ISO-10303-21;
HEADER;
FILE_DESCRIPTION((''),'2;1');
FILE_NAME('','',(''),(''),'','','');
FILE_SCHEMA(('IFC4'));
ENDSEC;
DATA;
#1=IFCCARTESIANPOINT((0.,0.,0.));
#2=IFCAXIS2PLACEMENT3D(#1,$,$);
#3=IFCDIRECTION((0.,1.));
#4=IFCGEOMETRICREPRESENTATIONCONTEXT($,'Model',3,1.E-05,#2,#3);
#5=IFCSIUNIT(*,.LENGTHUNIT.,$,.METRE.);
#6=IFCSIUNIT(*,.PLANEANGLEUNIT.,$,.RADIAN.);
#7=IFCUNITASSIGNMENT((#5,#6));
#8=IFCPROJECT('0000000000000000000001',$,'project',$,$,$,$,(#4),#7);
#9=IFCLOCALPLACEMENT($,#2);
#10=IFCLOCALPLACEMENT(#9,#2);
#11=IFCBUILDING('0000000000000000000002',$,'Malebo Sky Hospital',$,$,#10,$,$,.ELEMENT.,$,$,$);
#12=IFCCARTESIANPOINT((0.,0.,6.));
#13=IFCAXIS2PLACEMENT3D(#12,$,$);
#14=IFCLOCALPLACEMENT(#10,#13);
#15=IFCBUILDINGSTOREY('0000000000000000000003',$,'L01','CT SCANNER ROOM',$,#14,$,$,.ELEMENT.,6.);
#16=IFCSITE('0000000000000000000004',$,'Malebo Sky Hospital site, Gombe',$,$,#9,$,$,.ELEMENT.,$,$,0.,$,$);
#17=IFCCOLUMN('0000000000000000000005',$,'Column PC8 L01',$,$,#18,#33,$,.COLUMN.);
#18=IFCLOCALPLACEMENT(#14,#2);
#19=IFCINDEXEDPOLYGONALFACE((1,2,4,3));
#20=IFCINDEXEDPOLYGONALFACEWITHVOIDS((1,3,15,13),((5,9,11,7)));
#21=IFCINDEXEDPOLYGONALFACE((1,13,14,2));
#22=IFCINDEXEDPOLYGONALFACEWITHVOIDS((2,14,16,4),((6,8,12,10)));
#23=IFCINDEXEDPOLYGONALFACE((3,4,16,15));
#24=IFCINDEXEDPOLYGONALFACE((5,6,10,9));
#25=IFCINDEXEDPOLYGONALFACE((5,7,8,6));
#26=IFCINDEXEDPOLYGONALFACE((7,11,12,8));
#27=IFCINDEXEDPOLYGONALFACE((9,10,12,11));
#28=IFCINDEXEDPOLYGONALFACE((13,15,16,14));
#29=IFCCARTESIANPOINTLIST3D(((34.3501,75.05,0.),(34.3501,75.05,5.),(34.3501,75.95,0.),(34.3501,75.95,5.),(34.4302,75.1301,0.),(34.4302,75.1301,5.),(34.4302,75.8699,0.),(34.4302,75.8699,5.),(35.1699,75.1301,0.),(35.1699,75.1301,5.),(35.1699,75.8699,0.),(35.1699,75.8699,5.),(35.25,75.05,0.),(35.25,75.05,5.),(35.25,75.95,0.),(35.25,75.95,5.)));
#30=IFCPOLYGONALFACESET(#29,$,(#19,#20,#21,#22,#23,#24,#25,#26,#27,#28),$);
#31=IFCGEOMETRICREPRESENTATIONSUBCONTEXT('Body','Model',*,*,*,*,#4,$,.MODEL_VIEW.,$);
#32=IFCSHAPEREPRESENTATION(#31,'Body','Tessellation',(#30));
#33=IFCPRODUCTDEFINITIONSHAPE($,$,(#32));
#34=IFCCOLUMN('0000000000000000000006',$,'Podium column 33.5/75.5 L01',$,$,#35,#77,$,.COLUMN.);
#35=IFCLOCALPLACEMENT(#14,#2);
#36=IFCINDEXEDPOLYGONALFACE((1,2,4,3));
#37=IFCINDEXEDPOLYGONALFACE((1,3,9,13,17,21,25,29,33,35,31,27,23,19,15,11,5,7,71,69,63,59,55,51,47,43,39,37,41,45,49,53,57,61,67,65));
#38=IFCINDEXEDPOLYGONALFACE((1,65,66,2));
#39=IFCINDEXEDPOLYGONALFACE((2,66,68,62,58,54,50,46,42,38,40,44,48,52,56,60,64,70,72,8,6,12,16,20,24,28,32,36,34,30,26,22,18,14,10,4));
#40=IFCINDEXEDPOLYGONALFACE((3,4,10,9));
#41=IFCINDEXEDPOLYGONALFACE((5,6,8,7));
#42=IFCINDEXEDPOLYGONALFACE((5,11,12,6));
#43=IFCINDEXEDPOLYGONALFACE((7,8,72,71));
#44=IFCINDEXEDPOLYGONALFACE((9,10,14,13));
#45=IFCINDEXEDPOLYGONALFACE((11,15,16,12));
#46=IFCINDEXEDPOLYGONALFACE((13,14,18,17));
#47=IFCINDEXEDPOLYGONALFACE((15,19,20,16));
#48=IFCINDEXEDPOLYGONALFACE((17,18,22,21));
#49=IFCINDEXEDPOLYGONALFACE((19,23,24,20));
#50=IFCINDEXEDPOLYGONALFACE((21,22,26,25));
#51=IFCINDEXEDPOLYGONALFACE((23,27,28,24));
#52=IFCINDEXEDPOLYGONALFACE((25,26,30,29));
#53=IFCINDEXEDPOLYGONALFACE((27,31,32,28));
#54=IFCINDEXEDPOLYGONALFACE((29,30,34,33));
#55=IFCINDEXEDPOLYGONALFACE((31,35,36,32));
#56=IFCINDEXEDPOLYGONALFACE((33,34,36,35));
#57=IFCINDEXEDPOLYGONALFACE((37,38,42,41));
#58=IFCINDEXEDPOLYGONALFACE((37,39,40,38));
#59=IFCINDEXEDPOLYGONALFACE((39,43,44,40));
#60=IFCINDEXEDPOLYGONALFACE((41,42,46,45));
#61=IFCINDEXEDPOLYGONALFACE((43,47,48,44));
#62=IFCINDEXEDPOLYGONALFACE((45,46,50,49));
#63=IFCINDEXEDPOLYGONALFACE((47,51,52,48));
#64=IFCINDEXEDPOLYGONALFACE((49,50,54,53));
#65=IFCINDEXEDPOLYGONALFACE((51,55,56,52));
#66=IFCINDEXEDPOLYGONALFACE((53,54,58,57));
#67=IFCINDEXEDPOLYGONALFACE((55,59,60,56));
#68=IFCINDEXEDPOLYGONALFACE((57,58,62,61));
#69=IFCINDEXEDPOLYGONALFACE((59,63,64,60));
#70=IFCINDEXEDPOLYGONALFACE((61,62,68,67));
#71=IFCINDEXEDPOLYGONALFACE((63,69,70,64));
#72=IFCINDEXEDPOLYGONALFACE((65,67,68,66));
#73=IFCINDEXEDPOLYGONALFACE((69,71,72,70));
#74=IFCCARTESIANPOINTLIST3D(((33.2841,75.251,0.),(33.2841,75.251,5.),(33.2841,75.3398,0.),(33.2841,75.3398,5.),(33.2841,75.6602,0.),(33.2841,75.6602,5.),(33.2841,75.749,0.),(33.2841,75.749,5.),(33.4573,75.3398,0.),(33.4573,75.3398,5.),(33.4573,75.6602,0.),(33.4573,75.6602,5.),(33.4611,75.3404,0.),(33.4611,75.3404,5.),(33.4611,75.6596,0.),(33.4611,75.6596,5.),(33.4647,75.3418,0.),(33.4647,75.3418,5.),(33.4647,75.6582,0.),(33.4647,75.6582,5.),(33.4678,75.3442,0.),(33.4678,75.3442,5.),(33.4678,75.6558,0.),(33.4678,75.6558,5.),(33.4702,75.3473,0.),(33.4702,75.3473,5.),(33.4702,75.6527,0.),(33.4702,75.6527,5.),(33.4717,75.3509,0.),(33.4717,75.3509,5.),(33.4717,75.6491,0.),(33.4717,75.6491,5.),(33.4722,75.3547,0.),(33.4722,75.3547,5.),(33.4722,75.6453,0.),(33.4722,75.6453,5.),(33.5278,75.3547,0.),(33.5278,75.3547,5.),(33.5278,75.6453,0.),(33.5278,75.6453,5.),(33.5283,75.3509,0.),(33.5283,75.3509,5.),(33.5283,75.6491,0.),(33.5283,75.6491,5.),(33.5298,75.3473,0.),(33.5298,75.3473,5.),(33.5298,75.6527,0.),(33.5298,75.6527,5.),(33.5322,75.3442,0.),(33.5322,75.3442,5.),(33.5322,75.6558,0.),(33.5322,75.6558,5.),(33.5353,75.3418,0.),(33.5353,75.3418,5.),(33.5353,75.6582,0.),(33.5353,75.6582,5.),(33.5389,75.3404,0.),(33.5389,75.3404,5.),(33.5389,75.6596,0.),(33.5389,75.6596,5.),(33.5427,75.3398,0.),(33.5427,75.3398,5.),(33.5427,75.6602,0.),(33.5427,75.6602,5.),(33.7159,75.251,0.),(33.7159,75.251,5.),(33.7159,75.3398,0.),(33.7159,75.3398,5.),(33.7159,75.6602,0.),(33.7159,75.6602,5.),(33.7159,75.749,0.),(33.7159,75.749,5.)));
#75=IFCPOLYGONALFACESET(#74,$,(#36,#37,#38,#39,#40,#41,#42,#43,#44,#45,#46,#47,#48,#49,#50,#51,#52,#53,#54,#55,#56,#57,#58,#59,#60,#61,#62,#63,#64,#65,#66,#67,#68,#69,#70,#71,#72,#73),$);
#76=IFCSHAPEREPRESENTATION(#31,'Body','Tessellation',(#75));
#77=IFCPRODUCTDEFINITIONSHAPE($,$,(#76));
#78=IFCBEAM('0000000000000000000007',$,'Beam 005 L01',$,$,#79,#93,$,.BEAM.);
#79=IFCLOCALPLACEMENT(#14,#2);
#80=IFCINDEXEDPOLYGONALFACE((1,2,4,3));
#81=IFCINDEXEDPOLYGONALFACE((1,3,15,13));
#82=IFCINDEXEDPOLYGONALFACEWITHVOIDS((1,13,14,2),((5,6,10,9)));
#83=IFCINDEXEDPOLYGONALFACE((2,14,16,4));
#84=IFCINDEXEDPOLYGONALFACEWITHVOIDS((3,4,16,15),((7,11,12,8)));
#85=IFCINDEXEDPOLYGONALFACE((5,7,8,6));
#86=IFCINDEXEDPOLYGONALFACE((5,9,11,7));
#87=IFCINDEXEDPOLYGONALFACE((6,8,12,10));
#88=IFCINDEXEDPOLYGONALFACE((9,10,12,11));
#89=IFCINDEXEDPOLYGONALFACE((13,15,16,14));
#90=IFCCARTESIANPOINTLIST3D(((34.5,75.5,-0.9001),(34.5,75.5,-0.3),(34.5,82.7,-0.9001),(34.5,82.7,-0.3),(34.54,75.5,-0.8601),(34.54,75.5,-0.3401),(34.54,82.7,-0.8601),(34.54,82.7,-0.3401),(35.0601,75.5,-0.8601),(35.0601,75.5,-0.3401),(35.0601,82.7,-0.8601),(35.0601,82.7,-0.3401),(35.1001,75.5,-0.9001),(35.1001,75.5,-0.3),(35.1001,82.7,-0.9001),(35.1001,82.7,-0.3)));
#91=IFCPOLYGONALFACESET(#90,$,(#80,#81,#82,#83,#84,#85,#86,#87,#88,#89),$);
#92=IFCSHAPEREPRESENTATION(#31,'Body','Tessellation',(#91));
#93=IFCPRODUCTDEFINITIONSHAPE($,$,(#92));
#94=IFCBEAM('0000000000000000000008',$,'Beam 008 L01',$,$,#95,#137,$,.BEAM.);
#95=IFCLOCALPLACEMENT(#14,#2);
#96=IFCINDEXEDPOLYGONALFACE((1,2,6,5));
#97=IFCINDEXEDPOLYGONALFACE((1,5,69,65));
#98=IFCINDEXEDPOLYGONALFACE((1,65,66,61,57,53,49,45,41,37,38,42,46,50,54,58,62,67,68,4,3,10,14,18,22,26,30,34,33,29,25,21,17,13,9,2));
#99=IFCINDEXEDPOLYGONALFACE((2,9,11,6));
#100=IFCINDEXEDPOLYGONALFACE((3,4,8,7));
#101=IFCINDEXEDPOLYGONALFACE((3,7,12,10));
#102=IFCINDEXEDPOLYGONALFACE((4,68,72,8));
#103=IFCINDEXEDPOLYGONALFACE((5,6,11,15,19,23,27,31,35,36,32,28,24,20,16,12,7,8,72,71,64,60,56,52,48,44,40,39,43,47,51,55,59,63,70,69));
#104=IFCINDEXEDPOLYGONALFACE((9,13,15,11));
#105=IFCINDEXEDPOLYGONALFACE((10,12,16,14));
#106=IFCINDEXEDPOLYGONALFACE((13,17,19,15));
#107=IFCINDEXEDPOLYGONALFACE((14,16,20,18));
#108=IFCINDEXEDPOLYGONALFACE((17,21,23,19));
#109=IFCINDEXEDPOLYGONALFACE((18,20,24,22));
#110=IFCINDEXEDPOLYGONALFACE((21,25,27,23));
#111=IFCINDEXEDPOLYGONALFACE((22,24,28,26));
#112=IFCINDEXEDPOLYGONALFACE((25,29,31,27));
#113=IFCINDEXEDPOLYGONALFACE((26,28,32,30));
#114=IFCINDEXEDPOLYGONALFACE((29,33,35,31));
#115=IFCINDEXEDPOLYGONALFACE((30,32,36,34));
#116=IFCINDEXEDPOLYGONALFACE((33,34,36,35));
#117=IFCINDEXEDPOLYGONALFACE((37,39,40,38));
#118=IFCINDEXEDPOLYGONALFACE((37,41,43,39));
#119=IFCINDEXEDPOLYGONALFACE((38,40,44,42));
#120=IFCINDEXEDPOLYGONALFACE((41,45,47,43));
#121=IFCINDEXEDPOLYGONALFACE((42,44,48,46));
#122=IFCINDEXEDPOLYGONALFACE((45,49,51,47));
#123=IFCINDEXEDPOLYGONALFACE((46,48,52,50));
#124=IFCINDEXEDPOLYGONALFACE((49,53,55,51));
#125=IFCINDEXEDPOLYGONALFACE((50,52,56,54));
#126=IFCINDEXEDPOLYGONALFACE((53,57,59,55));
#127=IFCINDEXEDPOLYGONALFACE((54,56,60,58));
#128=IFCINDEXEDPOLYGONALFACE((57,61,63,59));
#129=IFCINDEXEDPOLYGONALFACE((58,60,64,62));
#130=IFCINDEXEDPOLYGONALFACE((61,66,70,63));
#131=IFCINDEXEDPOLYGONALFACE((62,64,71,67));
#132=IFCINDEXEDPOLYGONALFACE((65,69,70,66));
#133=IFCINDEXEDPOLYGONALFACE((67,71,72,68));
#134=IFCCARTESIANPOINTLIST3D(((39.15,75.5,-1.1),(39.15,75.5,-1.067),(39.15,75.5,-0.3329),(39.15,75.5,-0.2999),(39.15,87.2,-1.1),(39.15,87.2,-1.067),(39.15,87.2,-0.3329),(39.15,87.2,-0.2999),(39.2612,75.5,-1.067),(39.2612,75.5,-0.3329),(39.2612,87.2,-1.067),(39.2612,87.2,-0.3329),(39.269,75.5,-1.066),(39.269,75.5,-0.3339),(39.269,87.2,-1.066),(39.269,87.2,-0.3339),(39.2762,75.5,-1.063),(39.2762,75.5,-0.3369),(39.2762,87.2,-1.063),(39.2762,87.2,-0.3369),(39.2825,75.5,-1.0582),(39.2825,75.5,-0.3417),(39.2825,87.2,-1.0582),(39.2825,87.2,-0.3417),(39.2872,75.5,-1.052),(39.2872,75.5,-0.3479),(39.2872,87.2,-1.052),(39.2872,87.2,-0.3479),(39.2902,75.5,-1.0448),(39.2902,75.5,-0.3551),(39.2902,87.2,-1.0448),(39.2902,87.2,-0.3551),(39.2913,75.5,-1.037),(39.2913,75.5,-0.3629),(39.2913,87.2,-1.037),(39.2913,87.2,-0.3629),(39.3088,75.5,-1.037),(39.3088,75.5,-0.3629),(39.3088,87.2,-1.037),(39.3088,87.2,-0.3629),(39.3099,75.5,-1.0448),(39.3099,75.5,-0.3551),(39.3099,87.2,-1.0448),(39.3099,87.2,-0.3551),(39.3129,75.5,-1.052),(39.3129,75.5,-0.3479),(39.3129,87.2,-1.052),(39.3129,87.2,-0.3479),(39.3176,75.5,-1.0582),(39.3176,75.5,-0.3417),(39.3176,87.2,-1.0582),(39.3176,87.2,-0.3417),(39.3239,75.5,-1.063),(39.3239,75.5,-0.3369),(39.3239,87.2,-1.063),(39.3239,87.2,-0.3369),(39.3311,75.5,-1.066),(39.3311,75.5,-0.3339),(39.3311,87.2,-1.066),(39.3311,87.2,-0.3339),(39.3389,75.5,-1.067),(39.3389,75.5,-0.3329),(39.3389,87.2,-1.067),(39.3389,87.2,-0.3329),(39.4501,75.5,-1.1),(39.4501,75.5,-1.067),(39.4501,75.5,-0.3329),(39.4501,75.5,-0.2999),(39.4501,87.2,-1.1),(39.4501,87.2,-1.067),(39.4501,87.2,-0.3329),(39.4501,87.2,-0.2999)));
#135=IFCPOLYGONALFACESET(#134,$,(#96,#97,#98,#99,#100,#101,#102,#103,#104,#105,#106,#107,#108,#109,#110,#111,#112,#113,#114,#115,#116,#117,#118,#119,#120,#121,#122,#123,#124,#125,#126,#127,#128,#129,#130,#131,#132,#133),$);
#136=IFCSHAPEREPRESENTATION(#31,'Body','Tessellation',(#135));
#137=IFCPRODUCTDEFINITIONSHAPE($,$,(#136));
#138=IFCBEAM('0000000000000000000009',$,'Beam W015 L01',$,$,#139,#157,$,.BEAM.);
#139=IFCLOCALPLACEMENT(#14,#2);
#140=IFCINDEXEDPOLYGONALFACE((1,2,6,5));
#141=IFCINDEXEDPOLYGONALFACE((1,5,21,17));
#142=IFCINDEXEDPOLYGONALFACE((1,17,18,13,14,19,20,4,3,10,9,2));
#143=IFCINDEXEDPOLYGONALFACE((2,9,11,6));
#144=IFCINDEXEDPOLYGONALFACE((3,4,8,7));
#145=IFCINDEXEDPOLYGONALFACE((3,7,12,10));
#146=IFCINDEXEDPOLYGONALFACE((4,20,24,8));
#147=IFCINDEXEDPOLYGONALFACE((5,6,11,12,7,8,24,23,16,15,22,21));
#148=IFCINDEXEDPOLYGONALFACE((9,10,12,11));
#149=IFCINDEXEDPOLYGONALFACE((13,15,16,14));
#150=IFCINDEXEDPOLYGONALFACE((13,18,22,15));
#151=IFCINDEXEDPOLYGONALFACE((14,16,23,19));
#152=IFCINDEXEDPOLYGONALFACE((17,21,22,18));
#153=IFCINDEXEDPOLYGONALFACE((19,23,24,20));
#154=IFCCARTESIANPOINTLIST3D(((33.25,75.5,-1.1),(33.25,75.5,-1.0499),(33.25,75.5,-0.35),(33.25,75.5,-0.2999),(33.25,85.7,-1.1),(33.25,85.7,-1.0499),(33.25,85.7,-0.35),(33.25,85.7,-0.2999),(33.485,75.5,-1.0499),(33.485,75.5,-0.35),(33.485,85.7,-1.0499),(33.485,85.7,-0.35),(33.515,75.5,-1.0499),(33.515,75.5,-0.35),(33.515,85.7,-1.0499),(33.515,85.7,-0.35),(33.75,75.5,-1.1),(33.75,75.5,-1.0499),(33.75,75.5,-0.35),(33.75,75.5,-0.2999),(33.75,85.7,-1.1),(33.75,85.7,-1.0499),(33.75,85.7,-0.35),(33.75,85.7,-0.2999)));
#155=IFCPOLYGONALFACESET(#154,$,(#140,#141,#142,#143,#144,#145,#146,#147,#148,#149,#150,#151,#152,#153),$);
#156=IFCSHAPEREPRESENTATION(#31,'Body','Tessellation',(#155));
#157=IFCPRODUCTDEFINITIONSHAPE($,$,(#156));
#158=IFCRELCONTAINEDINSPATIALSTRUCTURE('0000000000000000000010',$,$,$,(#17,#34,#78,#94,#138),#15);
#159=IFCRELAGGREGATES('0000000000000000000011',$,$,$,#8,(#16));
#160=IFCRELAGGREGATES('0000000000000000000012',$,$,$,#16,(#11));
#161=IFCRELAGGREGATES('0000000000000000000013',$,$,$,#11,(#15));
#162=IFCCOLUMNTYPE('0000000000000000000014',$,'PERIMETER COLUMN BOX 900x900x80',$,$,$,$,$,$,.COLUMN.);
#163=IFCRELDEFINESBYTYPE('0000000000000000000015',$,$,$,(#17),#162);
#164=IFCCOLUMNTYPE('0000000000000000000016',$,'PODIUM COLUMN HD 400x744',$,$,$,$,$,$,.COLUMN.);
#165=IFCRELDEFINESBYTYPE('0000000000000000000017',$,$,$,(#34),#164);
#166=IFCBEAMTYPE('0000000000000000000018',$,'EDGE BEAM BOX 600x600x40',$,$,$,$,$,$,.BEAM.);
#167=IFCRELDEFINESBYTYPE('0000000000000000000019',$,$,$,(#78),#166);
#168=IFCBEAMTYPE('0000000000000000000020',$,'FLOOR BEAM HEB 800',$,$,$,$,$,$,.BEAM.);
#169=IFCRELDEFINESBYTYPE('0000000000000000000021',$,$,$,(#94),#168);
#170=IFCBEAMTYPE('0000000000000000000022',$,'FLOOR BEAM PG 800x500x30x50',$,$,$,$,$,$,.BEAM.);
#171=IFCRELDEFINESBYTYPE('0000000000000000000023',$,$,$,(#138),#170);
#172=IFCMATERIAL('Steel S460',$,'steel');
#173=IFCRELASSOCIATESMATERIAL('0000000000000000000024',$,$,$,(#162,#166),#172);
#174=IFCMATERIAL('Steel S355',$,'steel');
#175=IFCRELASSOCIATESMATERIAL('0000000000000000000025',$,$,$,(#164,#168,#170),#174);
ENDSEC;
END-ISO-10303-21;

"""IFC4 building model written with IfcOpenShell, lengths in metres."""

from ifc_helpers import new_model, si_unit, direction, frame, origin, origin_2d, place, context, subcontext, project, spatial, hollow_rectangle, i_section, extrude, material, material_profile, profile_set, type_object, element, save


model = new_model("IFC4")

# Units and contexts
model_context = context("Model", 3, precision=1e-05, world=origin(), true_north=direction((0.0, 1.0)))
body_context = subcontext(model_context, "Body", "Model", "MODEL_VIEW")
ifc_project = project(units=[si_unit("LENGTHUNIT", "METRE"), si_unit("PLANEANGLEUNIT", "RADIAN")], contexts=[model_context])

# Site, building, storey
site_placement = place(None, origin())
site = spatial("IfcSite", under=ifc_project, at=site_placement, Name="Malebo Sky Hospital site, Gombe", CompositionType="ELEMENT", RefElevation=0.0)
building_placement = place(site_placement, origin())
building = spatial("IfcBuilding", under=site, at=building_placement, Name="Malebo Sky Hospital", CompositionType="ELEMENT")
storey_placement = place(building_placement, frame((0.0, 0.0, 6.0)))
storey = spatial("IfcBuildingStorey", under=building, at=storey_placement, Name="L01", Description="CT SCANNER ROOM", CompositionType="ELEMENT", Elevation=6.0)

# Columns
ifc_material_1 = material(Name="Steel S460", Category="steel")
ifc_material_profile_1 = material_profile(ifc_material_1, hollow_rectangle(XDim=0.8999, YDim=0.8999, WallThickness=0.0801, at=origin_2d()), Name="BOX 900x900x80")
ifc_profile_set_1 = profile_set([ifc_material_profile_1], Name="Steel S460")
column_type_1 = type_object("IfcColumnType", Name="PERIMETER COLUMN BOX 900x900x80", PredefinedType="COLUMN", material=ifc_profile_set_1)
column_1_placement = place(storey_placement, frame((34.8, 75.5, 0.0), z_axis=(0.0, 0.0, 1.0), x_axis=(1.0, 0.0, 0.0)))
element("IfcColumn", 1, at=column_1_placement, inside=storey, type_object=column_type_1, Name="Column PC8 L01", PredefinedType="COLUMN", context=body_context, shape_type="SweptSolid", body=[
    extrude(hollow_rectangle(XDim=0.8999, YDim=0.8999, WallThickness=0.0801, at=origin_2d()), origin(), (0.0, 0.0, 1.0), 5.0),
])
ifc_material_2 = material(Name="Steel S355", Category="steel")
ifc_material_profile_2 = material_profile(ifc_material_2, i_section(OverallWidth=0.4319, OverallDepth=0.498, WebThickness=0.0557, FlangeThickness=0.0889, FilletRadius=0.0149, at=origin_2d()), Name="HD 400x744")
ifc_profile_set_2 = profile_set([ifc_material_profile_2], Name="Steel S355")
column_type_2 = type_object("IfcColumnType", Name="PODIUM COLUMN HD 400x744", PredefinedType="COLUMN", material=ifc_profile_set_2)
column_2_placement = place(storey_placement, frame((33.5, 75.5, 0.0), z_axis=(0.0, 0.0, 1.0), x_axis=(1.0, 0.0, 0.0)))
element("IfcColumn", 2, at=column_2_placement, inside=storey, type_object=column_type_2, Name="Podium column 33.5/75.5 L01", PredefinedType="COLUMN", context=body_context, shape_type="SweptSolid", body=[
    extrude(i_section(OverallWidth=0.4319, OverallDepth=0.498, WebThickness=0.0557, FlangeThickness=0.0889, FilletRadius=0.0149, at=origin_2d()), origin(), (0.0, 0.0, 1.0), 5.0),
])

# Beams
ifc_material_profile_3 = material_profile(ifc_material_1, hollow_rectangle(XDim=0.6001, YDim=0.6001, WallThickness=0.04, at=origin_2d()), Name="BOX 600x600x40")
ifc_profile_set_3 = profile_set([ifc_material_profile_3], Name="Steel S460")
beam_type_1 = type_object("IfcBeamType", Name="EDGE BEAM BOX 600x600x40", PredefinedType="BEAM", material=ifc_profile_set_3)
beam_1_placement = place(storey_placement, frame((34.8, 75.5, -0.6001), z_axis=(0.0, 1.0, 0.0), x_axis=(-1.0, 0.0, 0.0)))
element("IfcBeam", 3, at=beam_1_placement, inside=storey, type_object=beam_type_1, Name="Beam 005 L01", PredefinedType="BEAM", context=body_context, shape_type="SweptSolid", body=[
    extrude(hollow_rectangle(XDim=0.6001, YDim=0.6001, WallThickness=0.04, at=origin_2d()), origin(), (0.0, 0.0, 1.0), 7.2),
])
ifc_material_profile_4 = material_profile(ifc_material_2, i_section(OverallWidth=0.3, OverallDepth=0.8, WebThickness=0.0176, FlangeThickness=0.033, FilletRadius=0.03, at=origin_2d()), Name="HEB 800")
ifc_profile_set_4 = profile_set([ifc_material_profile_4], Name="Steel S355")
beam_type_2 = type_object("IfcBeamType", Name="FLOOR BEAM HEB 800", PredefinedType="BEAM", material=ifc_profile_set_4)
beam_2_placement = place(storey_placement, frame((39.3, 75.5, -0.7), z_axis=(0.0, 1.0, 0.0), x_axis=(-1.0, 0.0, 0.0)))
element("IfcBeam", 4, at=beam_2_placement, inside=storey, type_object=beam_type_2, Name="Beam 008 L01", PredefinedType="BEAM", context=body_context, shape_type="SweptSolid", body=[
    extrude(i_section(OverallWidth=0.3, OverallDepth=0.8, WebThickness=0.0176, FlangeThickness=0.033, FilletRadius=0.03, at=origin_2d()), origin(), (0.0, 0.0, 1.0), 11.7),
])
ifc_material_profile_5 = material_profile(ifc_material_2, i_section(OverallWidth=0.5, OverallDepth=0.8, WebThickness=0.03, FlangeThickness=0.05, at=origin_2d()), Name="PG 800x500x30x50")
ifc_profile_set_5 = profile_set([ifc_material_profile_5], Name="Steel S355")
beam_type_3 = type_object("IfcBeamType", Name="FLOOR BEAM PG 800x500x30x50", PredefinedType="BEAM", material=ifc_profile_set_5)
beam_3_placement = place(storey_placement, frame((33.5, 75.5, -0.7), z_axis=(0.0, 1.0, 0.0), x_axis=(-1.0, 0.0, 0.0)))
element("IfcBeam", 5, at=beam_3_placement, inside=storey, type_object=beam_type_3, Name="Beam W015 L01", PredefinedType="BEAM", context=body_context, shape_type="SweptSolid", body=[
    extrude(i_section(OverallWidth=0.5, OverallDepth=0.8, WebThickness=0.03, FlangeThickness=0.05, at=origin_2d()), origin(), (0.0, 0.0, 1.0), 10.2),
])

save(model, "model.ifc")
